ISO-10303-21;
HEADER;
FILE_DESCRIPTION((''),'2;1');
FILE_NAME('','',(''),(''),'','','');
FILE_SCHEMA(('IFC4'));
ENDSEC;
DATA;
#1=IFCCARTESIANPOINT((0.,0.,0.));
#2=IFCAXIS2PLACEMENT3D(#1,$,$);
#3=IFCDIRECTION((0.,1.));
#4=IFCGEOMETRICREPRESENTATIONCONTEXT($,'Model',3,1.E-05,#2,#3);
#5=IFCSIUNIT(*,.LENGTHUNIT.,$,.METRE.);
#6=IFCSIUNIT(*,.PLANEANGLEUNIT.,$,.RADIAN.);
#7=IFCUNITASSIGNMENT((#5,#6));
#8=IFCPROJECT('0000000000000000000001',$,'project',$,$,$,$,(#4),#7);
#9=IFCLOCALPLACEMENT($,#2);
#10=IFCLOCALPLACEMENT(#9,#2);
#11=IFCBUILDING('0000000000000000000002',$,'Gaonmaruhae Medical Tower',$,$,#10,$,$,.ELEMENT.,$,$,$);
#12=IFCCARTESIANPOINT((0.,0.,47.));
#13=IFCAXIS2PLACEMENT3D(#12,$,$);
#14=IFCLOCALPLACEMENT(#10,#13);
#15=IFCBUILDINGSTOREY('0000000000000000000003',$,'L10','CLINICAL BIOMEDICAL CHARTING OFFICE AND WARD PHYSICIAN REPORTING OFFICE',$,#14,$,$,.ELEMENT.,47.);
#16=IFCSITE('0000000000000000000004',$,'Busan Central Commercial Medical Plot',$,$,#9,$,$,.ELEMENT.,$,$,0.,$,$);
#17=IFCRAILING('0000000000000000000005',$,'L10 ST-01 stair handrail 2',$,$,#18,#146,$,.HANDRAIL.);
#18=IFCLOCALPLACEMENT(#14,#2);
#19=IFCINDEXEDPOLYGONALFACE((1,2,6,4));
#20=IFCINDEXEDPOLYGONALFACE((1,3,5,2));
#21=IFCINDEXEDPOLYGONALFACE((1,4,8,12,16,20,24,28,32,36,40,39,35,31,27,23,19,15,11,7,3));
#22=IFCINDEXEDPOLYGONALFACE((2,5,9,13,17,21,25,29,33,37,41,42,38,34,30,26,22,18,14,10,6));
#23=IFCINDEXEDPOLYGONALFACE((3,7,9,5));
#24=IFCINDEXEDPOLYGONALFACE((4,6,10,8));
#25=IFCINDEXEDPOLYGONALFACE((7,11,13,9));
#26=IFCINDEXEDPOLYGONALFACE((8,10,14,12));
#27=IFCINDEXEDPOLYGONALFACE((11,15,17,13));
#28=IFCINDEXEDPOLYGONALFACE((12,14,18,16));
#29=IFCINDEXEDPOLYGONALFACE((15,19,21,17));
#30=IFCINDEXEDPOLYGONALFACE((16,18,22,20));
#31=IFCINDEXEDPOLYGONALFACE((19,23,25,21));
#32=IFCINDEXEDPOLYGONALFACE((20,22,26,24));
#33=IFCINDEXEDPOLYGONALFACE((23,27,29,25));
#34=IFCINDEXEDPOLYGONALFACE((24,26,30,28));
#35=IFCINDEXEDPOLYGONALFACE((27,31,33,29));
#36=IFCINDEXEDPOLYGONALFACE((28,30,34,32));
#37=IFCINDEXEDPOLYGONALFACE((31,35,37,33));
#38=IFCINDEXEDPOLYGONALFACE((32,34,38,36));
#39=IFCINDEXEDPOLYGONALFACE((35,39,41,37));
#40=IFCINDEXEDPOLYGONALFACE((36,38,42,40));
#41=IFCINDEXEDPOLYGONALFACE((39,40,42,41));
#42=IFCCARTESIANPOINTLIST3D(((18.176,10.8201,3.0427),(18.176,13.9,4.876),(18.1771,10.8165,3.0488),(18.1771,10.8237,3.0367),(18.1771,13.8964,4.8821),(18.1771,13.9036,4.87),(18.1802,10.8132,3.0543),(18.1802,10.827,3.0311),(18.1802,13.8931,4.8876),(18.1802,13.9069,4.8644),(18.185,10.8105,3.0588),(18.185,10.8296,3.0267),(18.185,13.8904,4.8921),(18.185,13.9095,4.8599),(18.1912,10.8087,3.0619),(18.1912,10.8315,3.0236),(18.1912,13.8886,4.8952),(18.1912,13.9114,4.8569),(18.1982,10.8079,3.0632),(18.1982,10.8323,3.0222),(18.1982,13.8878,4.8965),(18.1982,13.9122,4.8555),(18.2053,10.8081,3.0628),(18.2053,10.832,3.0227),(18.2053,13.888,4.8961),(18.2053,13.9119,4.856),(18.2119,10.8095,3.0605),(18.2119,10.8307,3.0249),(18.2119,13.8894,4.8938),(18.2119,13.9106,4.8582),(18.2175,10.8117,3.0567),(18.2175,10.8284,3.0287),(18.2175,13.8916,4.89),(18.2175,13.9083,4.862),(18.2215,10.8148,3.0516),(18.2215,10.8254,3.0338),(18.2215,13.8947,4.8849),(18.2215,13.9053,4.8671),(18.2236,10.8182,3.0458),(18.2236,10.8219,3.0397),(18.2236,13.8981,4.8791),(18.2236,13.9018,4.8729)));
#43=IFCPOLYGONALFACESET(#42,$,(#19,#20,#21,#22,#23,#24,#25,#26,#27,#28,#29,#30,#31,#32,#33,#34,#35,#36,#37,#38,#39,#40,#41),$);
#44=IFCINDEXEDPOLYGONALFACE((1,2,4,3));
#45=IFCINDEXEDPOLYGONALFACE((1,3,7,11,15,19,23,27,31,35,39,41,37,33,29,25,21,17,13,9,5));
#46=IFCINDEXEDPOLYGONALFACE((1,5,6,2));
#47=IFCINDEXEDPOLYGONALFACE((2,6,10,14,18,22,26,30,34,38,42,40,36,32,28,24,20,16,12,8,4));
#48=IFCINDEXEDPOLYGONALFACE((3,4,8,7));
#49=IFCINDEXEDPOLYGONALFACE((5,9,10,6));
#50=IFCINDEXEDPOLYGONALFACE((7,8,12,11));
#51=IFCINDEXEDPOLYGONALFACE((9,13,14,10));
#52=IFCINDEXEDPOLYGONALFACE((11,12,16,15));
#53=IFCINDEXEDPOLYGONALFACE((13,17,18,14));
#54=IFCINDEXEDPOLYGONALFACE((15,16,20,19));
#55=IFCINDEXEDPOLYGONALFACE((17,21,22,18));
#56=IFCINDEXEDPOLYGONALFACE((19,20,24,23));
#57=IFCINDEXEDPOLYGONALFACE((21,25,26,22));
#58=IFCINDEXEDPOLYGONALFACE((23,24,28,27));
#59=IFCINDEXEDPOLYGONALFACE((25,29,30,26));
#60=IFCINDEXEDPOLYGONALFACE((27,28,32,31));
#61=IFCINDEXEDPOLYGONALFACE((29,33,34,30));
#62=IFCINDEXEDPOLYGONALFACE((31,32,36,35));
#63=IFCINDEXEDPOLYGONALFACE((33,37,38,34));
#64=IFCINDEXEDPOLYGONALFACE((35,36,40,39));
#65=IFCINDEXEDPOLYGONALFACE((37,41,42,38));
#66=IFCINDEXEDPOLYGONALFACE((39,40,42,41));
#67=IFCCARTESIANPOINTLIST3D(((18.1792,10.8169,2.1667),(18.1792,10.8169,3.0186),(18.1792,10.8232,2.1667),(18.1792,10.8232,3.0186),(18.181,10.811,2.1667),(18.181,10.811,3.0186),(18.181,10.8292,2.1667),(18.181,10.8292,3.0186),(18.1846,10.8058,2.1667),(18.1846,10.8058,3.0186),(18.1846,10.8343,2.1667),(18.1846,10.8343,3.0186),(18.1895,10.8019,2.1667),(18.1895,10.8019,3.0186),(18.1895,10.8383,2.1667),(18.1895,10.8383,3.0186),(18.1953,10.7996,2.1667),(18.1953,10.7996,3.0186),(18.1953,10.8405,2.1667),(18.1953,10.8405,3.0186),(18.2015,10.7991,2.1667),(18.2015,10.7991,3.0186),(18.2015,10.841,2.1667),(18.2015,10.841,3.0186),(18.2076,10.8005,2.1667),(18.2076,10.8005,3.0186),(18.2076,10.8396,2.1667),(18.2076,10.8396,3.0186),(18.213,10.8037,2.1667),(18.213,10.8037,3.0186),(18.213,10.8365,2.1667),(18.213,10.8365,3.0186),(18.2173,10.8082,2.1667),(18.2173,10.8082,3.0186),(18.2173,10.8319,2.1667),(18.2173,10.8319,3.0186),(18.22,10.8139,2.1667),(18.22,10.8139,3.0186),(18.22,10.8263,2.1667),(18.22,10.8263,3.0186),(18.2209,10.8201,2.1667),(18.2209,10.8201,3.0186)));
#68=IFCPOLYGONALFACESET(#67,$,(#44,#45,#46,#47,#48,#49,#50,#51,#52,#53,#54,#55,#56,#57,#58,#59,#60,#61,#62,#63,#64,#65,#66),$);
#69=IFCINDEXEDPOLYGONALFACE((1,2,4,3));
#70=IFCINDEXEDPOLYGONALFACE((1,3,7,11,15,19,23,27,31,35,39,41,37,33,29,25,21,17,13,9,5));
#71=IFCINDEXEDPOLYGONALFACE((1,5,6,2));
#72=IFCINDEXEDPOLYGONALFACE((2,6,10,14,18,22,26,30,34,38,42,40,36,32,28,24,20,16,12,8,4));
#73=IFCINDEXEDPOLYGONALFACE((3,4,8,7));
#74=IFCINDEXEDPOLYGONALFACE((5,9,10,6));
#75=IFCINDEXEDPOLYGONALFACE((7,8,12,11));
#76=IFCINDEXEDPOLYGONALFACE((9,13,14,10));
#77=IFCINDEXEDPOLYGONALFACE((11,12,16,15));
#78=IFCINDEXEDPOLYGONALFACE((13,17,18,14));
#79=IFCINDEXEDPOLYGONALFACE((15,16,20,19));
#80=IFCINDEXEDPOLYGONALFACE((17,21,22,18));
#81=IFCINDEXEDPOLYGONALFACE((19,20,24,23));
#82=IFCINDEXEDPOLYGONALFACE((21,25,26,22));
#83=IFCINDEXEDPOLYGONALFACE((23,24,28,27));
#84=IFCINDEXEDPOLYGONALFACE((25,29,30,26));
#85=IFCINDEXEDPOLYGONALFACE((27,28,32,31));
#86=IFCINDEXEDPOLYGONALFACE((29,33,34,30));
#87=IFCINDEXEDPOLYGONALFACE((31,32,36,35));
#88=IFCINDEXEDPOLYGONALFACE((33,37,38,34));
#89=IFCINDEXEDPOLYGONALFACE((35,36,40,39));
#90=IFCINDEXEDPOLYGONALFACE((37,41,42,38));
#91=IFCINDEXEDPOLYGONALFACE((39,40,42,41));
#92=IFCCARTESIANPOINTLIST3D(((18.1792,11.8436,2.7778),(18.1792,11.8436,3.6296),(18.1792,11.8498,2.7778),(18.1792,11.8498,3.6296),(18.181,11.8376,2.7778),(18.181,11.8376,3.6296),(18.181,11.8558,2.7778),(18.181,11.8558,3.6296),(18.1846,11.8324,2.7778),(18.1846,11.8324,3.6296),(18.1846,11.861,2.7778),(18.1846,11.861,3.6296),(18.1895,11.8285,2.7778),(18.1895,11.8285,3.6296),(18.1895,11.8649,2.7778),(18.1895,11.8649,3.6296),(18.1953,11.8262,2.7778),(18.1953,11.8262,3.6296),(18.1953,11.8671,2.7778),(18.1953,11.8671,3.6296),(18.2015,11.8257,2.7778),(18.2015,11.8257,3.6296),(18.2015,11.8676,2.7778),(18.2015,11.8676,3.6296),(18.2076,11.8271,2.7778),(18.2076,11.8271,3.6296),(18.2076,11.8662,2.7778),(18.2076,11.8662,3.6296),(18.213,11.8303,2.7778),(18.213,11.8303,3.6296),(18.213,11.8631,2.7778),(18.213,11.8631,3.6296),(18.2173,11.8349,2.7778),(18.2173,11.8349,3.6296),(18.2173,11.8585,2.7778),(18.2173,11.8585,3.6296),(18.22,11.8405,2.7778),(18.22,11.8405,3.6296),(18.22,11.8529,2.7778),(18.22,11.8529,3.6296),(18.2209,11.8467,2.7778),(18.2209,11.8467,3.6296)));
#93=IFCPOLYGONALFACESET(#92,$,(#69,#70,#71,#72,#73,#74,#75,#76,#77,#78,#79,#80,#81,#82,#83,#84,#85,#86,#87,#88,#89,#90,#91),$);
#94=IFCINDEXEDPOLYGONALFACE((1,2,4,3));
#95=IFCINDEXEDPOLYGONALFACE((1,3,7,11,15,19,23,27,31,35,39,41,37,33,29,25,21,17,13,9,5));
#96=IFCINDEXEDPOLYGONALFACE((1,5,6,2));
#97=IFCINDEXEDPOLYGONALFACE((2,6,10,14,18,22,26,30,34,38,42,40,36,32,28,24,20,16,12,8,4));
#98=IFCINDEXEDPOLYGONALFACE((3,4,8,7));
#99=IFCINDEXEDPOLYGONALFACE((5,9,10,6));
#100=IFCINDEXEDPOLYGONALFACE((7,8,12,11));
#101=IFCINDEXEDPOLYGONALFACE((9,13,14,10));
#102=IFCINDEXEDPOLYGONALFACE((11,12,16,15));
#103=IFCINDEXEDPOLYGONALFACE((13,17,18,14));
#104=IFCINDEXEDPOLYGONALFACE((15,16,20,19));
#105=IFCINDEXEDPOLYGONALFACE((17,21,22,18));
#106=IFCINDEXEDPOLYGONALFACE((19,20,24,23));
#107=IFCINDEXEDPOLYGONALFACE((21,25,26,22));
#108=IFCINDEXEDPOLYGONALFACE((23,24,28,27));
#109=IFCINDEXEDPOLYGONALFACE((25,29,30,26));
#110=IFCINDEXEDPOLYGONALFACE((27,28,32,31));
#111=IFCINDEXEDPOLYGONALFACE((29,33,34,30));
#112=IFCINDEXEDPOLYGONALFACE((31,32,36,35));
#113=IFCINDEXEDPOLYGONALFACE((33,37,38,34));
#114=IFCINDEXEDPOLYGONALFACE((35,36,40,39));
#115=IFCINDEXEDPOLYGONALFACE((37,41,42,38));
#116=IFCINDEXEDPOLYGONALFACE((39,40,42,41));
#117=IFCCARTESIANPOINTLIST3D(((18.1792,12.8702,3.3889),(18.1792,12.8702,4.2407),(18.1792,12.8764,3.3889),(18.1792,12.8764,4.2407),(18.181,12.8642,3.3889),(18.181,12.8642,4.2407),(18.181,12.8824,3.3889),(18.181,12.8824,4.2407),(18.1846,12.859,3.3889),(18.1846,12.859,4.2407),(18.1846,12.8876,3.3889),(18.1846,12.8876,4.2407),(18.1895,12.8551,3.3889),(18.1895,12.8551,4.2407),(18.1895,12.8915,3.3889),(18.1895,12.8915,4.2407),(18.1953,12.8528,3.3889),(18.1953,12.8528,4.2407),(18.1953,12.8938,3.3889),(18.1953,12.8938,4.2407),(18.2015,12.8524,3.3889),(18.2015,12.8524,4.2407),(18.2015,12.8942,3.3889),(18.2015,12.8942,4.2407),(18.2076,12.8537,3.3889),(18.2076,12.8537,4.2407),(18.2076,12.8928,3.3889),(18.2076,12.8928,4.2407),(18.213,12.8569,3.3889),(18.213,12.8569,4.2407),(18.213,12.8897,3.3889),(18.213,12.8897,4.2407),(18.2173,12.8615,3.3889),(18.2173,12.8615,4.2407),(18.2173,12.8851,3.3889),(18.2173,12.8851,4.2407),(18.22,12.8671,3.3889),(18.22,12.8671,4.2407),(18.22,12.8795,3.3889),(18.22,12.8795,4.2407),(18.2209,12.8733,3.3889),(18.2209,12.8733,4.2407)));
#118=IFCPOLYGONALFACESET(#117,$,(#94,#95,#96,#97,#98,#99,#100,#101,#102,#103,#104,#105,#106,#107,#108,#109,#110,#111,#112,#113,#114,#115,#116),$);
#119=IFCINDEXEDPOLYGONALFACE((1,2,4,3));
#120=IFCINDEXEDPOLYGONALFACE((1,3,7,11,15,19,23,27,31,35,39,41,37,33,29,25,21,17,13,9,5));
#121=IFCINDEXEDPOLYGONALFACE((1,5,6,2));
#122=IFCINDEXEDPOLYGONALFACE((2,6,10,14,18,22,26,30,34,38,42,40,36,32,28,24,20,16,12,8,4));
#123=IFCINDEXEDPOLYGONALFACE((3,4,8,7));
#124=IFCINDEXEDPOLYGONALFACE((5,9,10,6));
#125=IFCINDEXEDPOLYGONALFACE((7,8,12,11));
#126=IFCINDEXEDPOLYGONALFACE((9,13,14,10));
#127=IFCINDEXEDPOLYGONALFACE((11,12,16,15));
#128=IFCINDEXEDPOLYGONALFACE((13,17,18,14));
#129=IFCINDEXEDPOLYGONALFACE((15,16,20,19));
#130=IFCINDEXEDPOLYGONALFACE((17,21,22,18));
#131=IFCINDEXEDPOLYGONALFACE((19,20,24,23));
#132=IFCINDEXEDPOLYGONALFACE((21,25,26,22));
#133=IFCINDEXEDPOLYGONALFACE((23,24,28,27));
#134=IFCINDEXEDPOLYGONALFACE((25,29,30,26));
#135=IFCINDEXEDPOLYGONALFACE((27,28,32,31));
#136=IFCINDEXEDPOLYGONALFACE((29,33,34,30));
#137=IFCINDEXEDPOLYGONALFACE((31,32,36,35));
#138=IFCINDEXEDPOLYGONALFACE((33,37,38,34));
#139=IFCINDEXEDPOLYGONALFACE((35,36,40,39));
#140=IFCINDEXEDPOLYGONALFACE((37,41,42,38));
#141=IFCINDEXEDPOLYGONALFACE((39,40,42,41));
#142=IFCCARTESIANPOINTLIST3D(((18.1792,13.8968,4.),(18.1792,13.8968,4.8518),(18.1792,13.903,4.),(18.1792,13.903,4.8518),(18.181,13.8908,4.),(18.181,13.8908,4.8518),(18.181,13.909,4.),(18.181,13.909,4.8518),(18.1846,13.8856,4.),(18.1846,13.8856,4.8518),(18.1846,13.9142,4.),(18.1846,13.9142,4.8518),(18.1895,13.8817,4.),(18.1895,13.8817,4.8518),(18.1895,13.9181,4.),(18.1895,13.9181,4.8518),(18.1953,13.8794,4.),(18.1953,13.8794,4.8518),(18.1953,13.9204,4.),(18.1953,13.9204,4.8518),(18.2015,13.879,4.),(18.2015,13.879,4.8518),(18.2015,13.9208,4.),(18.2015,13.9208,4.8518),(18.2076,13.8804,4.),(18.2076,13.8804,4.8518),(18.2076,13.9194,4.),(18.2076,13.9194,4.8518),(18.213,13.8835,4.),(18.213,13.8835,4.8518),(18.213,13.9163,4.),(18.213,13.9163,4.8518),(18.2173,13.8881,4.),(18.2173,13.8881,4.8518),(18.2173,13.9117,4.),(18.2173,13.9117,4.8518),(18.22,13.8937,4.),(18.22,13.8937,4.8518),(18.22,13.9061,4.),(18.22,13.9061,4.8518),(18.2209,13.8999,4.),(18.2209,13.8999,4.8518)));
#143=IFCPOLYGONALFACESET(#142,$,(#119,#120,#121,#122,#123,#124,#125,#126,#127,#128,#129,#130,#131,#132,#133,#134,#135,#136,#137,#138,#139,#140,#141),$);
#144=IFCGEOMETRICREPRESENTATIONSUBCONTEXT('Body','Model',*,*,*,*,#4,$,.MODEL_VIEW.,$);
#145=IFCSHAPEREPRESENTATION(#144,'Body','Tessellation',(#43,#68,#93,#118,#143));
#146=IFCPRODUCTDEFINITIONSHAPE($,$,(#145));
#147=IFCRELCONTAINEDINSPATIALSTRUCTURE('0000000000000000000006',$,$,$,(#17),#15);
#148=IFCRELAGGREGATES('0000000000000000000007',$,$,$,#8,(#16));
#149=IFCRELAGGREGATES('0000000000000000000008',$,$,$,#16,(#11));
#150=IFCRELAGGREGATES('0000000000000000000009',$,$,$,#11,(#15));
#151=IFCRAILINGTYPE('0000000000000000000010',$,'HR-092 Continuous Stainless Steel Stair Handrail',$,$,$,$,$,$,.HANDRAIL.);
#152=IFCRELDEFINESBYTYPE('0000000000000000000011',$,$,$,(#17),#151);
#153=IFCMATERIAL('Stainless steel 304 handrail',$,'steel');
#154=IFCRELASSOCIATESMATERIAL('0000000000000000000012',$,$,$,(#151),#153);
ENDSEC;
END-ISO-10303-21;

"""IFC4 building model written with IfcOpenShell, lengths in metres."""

from ifc_helpers import new_model, si_unit, direction, frame, origin, origin_2d, place, context, subcontext, project, spatial, circle, extrude, material, type_object, element, save


model = new_model("IFC4")

# Units and contexts
model_context = context("Model", 3, precision=1e-05, world=origin(), true_north=direction((0.0, 1.0)))
body_context = subcontext(model_context, "Body", "Model", "MODEL_VIEW")
ifc_project = project(units=[si_unit("LENGTHUNIT", "METRE"), si_unit("PLANEANGLEUNIT", "RADIAN")], contexts=[model_context])

# Site, building, storey
site_placement = place(None, origin())
site = spatial("IfcSite", under=ifc_project, at=site_placement, Name="Busan Central Commercial Medical Plot", CompositionType="ELEMENT", RefElevation=0.0)
building_placement = place(site_placement, origin())
building = spatial("IfcBuilding", under=site, at=building_placement, Name="Gaonmaruhae Medical Tower", CompositionType="ELEMENT")
storey_placement = place(building_placement, frame((0.0, 0.0, 47.0)))
storey = spatial("IfcBuildingStorey", under=building, at=storey_placement, Name="L10", Description="CLINICAL BIOMEDICAL CHARTING OFFICE AND WARD PHYSICIAN REPORTING OFFICE", CompositionType="ELEMENT", Elevation=47.0)

# Railing
ifc_material_1 = material(Name="Stainless steel 304 handrail", Category="steel")
railing_type_1 = type_object("IfcRailingType", Name="HR-092 Continuous Stainless Steel Stair Handrail", PredefinedType="HANDRAIL", material=ifc_material_1)
railing_1_placement = place(storey_placement, frame((18.2, 10.8201, 2.1667)))
element("IfcRailing", 1, at=railing_1_placement, inside=storey, type_object=railing_type_1, Name="L10 ST-01 stair handrail 2", PredefinedType="HANDRAIL", context=body_context, shape_type="SweptSolid", body=[
    extrude(circle(Radius=0.0239, at=origin_2d()), frame((0.0, 0.0, 0.876), z_axis=(0.0, 0.859291, 0.511487), x_axis=(-1.0, 0.0, 0.0)), (0.0, 0.0, 1.0), 3.5842),
    extrude(circle(Radius=0.021, at=origin_2d()), origin(), (0.0, 0.0, 1.0), 0.8518),
    extrude(circle(Radius=0.021, at=origin_2d()), frame((0.0, 1.0266, 0.6111)), (0.0, 0.0, 1.0), 0.8518),
    extrude(circle(Radius=0.021, at=origin_2d()), frame((0.0, 2.0532, 1.2222)), (0.0, 0.0, 1.0), 0.8518),
    extrude(circle(Radius=0.021, at=origin_2d()), frame((0.0, 3.0798, 1.8333)), (0.0, 0.0, 1.0), 0.8518),
])

save(model, "model.ifc")
